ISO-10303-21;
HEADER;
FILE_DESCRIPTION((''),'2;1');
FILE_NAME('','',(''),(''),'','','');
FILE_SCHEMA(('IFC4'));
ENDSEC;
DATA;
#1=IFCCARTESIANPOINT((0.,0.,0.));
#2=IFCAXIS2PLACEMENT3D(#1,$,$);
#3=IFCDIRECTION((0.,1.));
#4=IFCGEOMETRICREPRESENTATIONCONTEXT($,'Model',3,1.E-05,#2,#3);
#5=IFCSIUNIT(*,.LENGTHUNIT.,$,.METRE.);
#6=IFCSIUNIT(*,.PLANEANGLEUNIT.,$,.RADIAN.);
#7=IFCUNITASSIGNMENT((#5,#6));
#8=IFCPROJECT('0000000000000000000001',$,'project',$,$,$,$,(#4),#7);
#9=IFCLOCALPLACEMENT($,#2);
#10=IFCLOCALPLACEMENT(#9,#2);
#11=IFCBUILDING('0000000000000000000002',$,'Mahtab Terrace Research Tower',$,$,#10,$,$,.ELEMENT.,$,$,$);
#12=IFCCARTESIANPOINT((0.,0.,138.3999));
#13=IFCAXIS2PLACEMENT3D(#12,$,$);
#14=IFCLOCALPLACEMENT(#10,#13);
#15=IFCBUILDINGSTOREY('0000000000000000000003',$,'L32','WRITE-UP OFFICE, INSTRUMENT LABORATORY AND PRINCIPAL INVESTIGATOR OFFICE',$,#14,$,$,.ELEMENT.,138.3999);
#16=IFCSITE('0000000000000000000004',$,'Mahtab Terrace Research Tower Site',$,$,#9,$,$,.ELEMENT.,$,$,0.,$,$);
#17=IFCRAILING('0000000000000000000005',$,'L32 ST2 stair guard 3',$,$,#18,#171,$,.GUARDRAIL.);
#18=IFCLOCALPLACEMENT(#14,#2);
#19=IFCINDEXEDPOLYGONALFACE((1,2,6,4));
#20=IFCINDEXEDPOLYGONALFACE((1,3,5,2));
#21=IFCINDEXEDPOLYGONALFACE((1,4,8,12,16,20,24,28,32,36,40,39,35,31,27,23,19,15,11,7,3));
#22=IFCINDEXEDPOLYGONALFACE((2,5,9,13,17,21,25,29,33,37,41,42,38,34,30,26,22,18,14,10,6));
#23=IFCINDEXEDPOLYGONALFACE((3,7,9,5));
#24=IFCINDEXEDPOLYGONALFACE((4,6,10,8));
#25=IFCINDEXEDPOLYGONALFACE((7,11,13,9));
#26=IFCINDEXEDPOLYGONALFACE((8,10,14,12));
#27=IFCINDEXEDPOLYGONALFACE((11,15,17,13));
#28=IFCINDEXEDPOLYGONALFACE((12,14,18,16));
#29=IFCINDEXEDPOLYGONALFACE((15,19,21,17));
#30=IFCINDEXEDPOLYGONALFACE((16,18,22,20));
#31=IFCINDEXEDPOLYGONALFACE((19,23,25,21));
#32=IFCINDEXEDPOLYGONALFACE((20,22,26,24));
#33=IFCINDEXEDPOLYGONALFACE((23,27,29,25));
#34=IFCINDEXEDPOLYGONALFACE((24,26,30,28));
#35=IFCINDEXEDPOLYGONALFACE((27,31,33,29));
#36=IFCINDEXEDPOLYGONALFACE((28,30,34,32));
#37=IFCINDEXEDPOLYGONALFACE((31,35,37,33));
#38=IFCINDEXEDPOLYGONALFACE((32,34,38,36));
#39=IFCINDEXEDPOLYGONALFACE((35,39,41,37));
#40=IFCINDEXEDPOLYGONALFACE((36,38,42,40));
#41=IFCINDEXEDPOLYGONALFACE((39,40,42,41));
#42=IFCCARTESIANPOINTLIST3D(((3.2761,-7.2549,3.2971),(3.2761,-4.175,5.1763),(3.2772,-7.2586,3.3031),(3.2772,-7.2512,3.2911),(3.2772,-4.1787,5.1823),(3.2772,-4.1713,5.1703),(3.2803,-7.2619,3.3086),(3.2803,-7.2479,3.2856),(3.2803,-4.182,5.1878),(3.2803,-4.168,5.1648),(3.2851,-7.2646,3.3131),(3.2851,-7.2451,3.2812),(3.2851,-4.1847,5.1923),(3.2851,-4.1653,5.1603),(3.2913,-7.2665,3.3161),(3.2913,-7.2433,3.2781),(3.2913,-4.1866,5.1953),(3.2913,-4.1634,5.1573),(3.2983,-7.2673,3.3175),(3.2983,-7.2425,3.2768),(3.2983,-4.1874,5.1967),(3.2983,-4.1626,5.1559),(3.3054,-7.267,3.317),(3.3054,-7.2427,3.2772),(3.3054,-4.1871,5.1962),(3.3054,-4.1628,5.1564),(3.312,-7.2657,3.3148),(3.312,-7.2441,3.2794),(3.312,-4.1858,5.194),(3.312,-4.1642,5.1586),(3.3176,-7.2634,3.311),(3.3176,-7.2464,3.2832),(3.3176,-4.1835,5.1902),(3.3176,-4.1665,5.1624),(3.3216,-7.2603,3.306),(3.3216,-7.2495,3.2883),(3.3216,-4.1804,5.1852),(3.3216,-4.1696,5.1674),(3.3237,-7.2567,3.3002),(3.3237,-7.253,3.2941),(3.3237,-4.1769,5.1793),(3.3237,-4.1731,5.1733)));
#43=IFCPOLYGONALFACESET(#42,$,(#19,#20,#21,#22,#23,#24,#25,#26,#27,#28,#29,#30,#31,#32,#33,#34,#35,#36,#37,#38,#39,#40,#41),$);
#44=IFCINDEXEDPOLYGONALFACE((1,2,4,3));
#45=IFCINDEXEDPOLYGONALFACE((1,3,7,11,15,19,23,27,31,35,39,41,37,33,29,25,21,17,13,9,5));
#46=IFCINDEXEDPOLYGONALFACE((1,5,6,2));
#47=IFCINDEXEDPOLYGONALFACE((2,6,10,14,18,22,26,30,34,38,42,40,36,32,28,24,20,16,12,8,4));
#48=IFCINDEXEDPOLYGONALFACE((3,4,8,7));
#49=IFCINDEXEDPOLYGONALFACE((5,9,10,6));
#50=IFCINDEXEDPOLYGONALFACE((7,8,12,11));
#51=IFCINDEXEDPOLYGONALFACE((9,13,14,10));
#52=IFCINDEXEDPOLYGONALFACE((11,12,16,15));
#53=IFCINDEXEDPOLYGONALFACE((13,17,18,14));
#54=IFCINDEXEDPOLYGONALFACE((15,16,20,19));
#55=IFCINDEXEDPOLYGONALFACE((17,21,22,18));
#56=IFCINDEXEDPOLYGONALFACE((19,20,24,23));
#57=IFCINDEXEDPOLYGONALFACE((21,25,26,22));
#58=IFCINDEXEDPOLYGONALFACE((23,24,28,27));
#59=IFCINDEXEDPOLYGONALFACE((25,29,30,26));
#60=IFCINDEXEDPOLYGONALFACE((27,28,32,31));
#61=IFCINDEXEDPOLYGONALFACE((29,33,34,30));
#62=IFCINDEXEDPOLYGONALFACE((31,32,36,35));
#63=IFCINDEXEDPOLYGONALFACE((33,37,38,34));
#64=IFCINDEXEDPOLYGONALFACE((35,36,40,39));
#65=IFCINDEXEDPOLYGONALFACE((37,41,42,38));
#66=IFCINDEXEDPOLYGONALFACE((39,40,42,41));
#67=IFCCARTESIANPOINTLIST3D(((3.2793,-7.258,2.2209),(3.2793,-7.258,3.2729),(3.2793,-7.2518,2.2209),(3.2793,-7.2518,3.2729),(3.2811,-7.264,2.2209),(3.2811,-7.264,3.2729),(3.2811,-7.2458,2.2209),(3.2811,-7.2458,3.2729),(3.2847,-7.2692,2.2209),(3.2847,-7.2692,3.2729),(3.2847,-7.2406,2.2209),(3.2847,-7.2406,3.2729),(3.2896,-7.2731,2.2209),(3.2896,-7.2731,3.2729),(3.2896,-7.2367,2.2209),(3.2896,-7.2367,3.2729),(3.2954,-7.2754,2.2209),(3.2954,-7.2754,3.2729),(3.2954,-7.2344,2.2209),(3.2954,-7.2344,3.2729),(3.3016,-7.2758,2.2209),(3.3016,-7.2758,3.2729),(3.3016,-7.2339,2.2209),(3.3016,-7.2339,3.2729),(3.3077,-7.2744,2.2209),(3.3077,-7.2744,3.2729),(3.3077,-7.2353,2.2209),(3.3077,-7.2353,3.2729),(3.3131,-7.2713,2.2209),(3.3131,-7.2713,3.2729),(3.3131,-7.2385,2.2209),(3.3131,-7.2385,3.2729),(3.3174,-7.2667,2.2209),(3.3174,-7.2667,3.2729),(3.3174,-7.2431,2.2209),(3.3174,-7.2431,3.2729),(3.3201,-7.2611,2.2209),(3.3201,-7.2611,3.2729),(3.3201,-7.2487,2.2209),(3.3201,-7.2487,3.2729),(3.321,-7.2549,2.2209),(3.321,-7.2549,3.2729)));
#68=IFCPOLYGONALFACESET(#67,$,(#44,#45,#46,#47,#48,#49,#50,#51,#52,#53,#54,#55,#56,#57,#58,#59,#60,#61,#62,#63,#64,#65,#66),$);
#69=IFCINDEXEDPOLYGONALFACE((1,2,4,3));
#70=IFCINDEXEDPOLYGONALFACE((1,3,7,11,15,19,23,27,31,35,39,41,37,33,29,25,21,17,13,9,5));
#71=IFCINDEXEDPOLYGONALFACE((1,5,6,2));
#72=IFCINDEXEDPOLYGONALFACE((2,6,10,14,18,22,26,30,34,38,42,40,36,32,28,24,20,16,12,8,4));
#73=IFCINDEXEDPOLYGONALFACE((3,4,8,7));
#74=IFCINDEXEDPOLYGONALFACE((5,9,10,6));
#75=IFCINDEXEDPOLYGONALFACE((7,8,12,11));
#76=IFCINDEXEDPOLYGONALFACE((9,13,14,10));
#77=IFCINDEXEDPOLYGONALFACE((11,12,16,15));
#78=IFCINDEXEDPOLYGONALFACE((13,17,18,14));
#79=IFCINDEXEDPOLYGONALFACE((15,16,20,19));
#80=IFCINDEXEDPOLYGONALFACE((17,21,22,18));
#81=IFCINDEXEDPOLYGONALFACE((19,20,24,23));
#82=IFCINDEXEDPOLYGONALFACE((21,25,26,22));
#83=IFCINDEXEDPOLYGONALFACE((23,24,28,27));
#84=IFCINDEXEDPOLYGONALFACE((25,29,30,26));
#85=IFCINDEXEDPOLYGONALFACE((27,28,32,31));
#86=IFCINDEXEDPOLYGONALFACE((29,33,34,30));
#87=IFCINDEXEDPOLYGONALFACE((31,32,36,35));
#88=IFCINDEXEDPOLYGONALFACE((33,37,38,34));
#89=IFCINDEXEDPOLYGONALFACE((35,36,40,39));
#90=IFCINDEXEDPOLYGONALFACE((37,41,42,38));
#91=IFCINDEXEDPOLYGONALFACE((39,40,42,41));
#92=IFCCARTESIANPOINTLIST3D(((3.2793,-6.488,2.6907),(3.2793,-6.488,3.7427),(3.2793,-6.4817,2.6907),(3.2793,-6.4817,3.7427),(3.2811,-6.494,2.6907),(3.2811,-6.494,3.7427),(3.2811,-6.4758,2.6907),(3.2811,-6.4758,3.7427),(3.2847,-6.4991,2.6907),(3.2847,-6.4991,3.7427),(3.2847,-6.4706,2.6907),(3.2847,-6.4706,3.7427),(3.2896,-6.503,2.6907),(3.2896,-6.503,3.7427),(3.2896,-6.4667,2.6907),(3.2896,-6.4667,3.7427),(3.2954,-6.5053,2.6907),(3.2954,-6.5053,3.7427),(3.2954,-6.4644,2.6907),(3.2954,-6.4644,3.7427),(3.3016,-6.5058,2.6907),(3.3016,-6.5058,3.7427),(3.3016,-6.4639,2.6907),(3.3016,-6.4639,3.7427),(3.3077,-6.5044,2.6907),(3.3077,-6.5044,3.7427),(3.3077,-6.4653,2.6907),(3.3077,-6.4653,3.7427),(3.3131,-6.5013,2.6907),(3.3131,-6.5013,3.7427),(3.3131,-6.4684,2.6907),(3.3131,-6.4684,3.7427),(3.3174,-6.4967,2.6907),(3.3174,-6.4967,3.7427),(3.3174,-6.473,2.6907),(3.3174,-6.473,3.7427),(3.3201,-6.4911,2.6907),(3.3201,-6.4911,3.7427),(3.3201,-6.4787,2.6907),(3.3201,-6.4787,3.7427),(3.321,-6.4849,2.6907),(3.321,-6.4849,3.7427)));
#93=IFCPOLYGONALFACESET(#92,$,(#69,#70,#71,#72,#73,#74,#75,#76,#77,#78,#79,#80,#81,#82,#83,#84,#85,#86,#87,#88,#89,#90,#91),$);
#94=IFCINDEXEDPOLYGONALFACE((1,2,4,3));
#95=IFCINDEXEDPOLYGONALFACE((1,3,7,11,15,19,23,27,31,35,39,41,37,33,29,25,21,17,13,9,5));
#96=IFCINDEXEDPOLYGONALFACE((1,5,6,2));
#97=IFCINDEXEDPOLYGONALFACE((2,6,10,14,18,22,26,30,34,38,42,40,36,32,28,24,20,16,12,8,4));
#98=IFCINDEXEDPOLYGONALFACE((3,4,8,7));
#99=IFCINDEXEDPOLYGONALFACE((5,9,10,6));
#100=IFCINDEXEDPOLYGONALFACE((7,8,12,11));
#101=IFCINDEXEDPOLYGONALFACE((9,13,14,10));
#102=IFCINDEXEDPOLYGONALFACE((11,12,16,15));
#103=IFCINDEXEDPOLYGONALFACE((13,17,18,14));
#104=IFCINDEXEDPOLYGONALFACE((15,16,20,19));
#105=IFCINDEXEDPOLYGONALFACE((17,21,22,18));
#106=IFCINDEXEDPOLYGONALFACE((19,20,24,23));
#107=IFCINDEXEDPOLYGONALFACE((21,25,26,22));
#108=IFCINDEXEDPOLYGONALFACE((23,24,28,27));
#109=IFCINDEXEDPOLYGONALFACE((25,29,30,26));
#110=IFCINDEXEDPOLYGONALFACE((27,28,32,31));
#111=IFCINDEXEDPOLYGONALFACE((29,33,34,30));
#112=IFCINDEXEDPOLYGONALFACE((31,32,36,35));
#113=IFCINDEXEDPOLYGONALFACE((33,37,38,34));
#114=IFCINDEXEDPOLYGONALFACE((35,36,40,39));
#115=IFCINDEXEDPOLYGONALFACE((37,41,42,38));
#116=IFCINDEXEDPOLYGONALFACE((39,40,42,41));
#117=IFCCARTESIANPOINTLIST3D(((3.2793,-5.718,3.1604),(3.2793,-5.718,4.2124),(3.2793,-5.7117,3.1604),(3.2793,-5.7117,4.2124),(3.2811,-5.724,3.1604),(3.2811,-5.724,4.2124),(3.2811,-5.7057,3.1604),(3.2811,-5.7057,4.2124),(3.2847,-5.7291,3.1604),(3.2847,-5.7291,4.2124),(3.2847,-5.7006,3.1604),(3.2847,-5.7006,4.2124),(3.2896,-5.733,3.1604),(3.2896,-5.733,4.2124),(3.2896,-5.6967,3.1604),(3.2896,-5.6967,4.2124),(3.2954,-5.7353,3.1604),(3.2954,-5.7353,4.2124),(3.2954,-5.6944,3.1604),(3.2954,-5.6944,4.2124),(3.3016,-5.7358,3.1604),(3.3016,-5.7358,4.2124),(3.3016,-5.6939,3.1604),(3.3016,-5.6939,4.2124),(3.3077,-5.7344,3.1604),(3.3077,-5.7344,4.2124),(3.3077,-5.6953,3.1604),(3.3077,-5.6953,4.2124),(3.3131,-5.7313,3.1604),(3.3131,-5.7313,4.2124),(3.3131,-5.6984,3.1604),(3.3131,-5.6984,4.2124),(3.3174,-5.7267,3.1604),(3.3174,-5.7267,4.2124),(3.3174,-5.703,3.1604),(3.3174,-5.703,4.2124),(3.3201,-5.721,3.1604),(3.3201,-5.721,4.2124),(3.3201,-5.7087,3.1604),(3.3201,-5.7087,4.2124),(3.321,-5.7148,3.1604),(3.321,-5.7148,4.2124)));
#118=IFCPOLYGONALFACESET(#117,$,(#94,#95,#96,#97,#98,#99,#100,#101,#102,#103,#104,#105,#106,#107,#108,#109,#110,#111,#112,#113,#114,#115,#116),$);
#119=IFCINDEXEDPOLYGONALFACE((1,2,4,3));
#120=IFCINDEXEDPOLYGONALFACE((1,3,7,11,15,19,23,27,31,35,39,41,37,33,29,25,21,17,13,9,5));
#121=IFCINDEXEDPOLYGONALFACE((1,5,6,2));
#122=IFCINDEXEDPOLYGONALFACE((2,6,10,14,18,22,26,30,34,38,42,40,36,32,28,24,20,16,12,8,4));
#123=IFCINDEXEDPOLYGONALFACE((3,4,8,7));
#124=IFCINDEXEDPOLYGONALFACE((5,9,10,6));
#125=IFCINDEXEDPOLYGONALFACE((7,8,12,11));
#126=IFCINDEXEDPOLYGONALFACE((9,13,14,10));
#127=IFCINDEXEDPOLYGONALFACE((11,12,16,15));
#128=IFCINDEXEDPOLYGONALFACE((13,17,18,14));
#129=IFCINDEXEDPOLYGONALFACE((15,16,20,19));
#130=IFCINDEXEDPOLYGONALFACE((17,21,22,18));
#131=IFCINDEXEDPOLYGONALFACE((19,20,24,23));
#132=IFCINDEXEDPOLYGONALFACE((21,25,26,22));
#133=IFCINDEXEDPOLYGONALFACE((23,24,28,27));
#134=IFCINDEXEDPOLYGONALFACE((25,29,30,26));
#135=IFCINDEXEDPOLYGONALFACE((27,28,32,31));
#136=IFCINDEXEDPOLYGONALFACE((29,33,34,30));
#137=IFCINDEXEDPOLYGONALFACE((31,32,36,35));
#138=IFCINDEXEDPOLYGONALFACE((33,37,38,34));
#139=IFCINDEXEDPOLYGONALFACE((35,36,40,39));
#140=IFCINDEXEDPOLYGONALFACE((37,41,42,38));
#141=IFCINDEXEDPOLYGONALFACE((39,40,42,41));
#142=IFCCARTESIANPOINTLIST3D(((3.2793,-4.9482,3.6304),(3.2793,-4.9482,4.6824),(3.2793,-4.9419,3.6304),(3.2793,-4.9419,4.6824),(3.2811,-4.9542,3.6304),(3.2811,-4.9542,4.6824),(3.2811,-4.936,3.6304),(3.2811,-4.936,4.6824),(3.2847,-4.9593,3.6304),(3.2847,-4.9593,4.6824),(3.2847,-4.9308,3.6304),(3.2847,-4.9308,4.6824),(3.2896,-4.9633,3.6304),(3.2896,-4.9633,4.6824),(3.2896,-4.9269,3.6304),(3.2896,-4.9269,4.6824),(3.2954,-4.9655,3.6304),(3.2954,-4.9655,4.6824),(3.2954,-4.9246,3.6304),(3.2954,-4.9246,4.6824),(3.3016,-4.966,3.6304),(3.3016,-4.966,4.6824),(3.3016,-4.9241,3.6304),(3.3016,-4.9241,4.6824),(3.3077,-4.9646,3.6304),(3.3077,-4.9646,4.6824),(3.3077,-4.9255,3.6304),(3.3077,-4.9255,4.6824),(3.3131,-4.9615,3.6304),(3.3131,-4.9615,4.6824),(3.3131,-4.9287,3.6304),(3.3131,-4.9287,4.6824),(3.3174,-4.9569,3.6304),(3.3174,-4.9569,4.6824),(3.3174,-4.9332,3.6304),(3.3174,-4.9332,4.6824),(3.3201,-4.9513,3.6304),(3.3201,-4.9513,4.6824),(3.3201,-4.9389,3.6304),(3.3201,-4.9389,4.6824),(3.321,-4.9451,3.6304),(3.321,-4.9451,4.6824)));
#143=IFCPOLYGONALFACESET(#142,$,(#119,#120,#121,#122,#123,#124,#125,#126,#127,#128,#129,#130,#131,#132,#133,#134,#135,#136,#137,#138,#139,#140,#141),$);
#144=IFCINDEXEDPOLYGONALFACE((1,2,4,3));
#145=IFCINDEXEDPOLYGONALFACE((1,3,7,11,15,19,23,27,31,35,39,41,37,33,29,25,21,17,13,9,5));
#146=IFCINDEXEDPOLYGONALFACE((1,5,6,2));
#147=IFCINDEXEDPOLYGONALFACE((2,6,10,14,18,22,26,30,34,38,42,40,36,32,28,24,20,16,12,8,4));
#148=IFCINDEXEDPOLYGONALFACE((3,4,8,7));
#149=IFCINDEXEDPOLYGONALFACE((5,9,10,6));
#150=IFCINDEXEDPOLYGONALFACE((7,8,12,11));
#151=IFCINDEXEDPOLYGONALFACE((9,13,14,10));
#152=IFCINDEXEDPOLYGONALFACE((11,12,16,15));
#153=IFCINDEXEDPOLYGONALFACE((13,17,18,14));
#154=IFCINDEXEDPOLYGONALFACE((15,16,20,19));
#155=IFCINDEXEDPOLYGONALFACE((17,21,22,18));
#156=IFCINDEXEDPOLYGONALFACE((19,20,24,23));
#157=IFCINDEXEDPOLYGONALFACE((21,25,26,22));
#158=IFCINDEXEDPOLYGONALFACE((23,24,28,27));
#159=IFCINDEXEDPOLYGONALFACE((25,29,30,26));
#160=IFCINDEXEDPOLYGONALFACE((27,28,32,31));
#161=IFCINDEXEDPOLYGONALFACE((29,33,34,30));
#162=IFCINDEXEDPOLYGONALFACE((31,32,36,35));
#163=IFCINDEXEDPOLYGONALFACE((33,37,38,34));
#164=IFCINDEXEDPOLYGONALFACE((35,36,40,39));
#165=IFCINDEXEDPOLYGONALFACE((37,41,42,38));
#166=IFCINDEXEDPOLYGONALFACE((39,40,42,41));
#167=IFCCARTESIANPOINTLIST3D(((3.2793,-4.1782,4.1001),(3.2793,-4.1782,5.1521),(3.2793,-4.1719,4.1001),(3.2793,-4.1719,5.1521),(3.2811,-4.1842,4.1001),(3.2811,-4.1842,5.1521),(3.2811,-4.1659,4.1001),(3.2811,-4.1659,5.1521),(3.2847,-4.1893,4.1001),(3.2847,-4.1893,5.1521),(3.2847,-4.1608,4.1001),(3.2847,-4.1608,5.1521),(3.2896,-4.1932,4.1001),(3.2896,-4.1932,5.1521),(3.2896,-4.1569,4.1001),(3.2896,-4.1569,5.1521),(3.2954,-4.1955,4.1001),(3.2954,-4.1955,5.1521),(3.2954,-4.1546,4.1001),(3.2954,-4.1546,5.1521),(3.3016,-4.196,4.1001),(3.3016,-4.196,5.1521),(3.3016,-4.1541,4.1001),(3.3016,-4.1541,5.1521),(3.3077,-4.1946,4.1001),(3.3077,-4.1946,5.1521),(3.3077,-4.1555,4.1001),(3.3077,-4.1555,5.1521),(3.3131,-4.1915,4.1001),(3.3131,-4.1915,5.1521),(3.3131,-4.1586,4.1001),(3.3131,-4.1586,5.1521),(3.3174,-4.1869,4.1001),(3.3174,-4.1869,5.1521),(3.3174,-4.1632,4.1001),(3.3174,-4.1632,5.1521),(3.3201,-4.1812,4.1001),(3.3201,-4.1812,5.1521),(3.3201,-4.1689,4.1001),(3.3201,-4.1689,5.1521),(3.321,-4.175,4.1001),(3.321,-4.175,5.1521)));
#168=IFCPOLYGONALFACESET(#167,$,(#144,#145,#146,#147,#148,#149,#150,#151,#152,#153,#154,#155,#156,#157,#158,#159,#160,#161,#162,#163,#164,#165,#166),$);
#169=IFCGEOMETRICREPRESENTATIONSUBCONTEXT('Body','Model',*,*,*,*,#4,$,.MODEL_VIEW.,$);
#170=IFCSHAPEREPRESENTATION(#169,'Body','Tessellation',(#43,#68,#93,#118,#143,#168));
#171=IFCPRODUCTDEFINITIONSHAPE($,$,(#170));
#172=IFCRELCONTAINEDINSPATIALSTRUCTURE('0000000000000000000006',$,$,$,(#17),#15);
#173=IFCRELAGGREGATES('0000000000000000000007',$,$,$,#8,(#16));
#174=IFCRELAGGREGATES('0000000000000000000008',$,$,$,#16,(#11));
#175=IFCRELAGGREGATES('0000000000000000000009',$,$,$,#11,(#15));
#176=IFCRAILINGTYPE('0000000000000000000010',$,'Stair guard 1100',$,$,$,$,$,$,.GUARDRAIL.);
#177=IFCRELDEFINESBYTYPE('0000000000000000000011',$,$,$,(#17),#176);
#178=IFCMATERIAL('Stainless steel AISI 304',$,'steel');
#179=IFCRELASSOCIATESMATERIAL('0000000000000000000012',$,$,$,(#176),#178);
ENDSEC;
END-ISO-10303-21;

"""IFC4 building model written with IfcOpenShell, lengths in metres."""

from ifc_helpers import new_model, si_unit, direction, frame, origin, origin_2d, place, context, subcontext, project, spatial, circle, extrude, material, type_object, element, save


model = new_model("IFC4")

# Units and contexts
model_context = context("Model", 3, precision=1e-05, world=origin(), true_north=direction((0.0, 1.0)))
body_context = subcontext(model_context, "Body", "Model", "MODEL_VIEW")
ifc_project = project(units=[si_unit("LENGTHUNIT", "METRE"), si_unit("PLANEANGLEUNIT", "RADIAN")], contexts=[model_context])

# Site, building, storey
site_placement = place(None, origin())
site = spatial("IfcSite", under=ifc_project, at=site_placement, Name="Mahtab Terrace Research Tower Site", CompositionType="ELEMENT", RefElevation=0.0)
building_placement = place(site_placement, origin())
building = spatial("IfcBuilding", under=site, at=building_placement, Name="Mahtab Terrace Research Tower", CompositionType="ELEMENT")
storey_placement = place(building_placement, frame((0.0, 0.0, 138.3999)))
storey = spatial("IfcBuildingStorey", under=building, at=storey_placement, Name="L32", Description="WRITE-UP OFFICE, INSTRUMENT LABORATORY AND PRINCIPAL INVESTIGATOR OFFICE", CompositionType="ELEMENT", Elevation=138.3999)

# Railing
ifc_material_1 = material(Name="Stainless steel AISI 304", Category="steel")
railing_type_1 = type_object("IfcRailingType", Name="Stair guard 1100", PredefinedType="GUARDRAIL", material=ifc_material_1)
railing_1_placement = place(storey_placement, frame((3.3, -7.2549, 2.2209)))
element("IfcRailing", 1, at=railing_1_placement, inside=storey, type_object=railing_type_1, Name="L32 ST2 stair guard 3", PredefinedType="GUARDRAIL", context=body_context, shape_type="SweptSolid", body=[
    extrude(circle(Radius=0.0239, at=origin_2d()), frame((0.0, 0.0, 1.0762), z_axis=(0.0, 0.853648, 0.52085), x_axis=(-1.0, 0.0, 0.0)), (0.0, 0.0, 1.0), 3.6079),
    extrude(circle(Radius=0.021, at=origin_2d()), origin(), (0.0, 0.0, 1.0), 1.052),
    extrude(circle(Radius=0.021, at=origin_2d()), frame((0.0, 0.77, 0.4697)), (0.0, 0.0, 1.0), 1.052),
    extrude(circle(Radius=0.021, at=origin_2d()), frame((0.0, 1.54, 0.9395)), (0.0, 0.0, 1.0), 1.052),
    extrude(circle(Radius=0.021, at=origin_2d()), frame((0.0, 2.3098, 1.4094)), (0.0, 0.0, 1.0), 1.052),
    extrude(circle(Radius=0.021, at=origin_2d()), frame((0.0, 3.0798, 1.8792)), (0.0, 0.0, 1.0), 1.052),
])

save(model, "model.ifc")
